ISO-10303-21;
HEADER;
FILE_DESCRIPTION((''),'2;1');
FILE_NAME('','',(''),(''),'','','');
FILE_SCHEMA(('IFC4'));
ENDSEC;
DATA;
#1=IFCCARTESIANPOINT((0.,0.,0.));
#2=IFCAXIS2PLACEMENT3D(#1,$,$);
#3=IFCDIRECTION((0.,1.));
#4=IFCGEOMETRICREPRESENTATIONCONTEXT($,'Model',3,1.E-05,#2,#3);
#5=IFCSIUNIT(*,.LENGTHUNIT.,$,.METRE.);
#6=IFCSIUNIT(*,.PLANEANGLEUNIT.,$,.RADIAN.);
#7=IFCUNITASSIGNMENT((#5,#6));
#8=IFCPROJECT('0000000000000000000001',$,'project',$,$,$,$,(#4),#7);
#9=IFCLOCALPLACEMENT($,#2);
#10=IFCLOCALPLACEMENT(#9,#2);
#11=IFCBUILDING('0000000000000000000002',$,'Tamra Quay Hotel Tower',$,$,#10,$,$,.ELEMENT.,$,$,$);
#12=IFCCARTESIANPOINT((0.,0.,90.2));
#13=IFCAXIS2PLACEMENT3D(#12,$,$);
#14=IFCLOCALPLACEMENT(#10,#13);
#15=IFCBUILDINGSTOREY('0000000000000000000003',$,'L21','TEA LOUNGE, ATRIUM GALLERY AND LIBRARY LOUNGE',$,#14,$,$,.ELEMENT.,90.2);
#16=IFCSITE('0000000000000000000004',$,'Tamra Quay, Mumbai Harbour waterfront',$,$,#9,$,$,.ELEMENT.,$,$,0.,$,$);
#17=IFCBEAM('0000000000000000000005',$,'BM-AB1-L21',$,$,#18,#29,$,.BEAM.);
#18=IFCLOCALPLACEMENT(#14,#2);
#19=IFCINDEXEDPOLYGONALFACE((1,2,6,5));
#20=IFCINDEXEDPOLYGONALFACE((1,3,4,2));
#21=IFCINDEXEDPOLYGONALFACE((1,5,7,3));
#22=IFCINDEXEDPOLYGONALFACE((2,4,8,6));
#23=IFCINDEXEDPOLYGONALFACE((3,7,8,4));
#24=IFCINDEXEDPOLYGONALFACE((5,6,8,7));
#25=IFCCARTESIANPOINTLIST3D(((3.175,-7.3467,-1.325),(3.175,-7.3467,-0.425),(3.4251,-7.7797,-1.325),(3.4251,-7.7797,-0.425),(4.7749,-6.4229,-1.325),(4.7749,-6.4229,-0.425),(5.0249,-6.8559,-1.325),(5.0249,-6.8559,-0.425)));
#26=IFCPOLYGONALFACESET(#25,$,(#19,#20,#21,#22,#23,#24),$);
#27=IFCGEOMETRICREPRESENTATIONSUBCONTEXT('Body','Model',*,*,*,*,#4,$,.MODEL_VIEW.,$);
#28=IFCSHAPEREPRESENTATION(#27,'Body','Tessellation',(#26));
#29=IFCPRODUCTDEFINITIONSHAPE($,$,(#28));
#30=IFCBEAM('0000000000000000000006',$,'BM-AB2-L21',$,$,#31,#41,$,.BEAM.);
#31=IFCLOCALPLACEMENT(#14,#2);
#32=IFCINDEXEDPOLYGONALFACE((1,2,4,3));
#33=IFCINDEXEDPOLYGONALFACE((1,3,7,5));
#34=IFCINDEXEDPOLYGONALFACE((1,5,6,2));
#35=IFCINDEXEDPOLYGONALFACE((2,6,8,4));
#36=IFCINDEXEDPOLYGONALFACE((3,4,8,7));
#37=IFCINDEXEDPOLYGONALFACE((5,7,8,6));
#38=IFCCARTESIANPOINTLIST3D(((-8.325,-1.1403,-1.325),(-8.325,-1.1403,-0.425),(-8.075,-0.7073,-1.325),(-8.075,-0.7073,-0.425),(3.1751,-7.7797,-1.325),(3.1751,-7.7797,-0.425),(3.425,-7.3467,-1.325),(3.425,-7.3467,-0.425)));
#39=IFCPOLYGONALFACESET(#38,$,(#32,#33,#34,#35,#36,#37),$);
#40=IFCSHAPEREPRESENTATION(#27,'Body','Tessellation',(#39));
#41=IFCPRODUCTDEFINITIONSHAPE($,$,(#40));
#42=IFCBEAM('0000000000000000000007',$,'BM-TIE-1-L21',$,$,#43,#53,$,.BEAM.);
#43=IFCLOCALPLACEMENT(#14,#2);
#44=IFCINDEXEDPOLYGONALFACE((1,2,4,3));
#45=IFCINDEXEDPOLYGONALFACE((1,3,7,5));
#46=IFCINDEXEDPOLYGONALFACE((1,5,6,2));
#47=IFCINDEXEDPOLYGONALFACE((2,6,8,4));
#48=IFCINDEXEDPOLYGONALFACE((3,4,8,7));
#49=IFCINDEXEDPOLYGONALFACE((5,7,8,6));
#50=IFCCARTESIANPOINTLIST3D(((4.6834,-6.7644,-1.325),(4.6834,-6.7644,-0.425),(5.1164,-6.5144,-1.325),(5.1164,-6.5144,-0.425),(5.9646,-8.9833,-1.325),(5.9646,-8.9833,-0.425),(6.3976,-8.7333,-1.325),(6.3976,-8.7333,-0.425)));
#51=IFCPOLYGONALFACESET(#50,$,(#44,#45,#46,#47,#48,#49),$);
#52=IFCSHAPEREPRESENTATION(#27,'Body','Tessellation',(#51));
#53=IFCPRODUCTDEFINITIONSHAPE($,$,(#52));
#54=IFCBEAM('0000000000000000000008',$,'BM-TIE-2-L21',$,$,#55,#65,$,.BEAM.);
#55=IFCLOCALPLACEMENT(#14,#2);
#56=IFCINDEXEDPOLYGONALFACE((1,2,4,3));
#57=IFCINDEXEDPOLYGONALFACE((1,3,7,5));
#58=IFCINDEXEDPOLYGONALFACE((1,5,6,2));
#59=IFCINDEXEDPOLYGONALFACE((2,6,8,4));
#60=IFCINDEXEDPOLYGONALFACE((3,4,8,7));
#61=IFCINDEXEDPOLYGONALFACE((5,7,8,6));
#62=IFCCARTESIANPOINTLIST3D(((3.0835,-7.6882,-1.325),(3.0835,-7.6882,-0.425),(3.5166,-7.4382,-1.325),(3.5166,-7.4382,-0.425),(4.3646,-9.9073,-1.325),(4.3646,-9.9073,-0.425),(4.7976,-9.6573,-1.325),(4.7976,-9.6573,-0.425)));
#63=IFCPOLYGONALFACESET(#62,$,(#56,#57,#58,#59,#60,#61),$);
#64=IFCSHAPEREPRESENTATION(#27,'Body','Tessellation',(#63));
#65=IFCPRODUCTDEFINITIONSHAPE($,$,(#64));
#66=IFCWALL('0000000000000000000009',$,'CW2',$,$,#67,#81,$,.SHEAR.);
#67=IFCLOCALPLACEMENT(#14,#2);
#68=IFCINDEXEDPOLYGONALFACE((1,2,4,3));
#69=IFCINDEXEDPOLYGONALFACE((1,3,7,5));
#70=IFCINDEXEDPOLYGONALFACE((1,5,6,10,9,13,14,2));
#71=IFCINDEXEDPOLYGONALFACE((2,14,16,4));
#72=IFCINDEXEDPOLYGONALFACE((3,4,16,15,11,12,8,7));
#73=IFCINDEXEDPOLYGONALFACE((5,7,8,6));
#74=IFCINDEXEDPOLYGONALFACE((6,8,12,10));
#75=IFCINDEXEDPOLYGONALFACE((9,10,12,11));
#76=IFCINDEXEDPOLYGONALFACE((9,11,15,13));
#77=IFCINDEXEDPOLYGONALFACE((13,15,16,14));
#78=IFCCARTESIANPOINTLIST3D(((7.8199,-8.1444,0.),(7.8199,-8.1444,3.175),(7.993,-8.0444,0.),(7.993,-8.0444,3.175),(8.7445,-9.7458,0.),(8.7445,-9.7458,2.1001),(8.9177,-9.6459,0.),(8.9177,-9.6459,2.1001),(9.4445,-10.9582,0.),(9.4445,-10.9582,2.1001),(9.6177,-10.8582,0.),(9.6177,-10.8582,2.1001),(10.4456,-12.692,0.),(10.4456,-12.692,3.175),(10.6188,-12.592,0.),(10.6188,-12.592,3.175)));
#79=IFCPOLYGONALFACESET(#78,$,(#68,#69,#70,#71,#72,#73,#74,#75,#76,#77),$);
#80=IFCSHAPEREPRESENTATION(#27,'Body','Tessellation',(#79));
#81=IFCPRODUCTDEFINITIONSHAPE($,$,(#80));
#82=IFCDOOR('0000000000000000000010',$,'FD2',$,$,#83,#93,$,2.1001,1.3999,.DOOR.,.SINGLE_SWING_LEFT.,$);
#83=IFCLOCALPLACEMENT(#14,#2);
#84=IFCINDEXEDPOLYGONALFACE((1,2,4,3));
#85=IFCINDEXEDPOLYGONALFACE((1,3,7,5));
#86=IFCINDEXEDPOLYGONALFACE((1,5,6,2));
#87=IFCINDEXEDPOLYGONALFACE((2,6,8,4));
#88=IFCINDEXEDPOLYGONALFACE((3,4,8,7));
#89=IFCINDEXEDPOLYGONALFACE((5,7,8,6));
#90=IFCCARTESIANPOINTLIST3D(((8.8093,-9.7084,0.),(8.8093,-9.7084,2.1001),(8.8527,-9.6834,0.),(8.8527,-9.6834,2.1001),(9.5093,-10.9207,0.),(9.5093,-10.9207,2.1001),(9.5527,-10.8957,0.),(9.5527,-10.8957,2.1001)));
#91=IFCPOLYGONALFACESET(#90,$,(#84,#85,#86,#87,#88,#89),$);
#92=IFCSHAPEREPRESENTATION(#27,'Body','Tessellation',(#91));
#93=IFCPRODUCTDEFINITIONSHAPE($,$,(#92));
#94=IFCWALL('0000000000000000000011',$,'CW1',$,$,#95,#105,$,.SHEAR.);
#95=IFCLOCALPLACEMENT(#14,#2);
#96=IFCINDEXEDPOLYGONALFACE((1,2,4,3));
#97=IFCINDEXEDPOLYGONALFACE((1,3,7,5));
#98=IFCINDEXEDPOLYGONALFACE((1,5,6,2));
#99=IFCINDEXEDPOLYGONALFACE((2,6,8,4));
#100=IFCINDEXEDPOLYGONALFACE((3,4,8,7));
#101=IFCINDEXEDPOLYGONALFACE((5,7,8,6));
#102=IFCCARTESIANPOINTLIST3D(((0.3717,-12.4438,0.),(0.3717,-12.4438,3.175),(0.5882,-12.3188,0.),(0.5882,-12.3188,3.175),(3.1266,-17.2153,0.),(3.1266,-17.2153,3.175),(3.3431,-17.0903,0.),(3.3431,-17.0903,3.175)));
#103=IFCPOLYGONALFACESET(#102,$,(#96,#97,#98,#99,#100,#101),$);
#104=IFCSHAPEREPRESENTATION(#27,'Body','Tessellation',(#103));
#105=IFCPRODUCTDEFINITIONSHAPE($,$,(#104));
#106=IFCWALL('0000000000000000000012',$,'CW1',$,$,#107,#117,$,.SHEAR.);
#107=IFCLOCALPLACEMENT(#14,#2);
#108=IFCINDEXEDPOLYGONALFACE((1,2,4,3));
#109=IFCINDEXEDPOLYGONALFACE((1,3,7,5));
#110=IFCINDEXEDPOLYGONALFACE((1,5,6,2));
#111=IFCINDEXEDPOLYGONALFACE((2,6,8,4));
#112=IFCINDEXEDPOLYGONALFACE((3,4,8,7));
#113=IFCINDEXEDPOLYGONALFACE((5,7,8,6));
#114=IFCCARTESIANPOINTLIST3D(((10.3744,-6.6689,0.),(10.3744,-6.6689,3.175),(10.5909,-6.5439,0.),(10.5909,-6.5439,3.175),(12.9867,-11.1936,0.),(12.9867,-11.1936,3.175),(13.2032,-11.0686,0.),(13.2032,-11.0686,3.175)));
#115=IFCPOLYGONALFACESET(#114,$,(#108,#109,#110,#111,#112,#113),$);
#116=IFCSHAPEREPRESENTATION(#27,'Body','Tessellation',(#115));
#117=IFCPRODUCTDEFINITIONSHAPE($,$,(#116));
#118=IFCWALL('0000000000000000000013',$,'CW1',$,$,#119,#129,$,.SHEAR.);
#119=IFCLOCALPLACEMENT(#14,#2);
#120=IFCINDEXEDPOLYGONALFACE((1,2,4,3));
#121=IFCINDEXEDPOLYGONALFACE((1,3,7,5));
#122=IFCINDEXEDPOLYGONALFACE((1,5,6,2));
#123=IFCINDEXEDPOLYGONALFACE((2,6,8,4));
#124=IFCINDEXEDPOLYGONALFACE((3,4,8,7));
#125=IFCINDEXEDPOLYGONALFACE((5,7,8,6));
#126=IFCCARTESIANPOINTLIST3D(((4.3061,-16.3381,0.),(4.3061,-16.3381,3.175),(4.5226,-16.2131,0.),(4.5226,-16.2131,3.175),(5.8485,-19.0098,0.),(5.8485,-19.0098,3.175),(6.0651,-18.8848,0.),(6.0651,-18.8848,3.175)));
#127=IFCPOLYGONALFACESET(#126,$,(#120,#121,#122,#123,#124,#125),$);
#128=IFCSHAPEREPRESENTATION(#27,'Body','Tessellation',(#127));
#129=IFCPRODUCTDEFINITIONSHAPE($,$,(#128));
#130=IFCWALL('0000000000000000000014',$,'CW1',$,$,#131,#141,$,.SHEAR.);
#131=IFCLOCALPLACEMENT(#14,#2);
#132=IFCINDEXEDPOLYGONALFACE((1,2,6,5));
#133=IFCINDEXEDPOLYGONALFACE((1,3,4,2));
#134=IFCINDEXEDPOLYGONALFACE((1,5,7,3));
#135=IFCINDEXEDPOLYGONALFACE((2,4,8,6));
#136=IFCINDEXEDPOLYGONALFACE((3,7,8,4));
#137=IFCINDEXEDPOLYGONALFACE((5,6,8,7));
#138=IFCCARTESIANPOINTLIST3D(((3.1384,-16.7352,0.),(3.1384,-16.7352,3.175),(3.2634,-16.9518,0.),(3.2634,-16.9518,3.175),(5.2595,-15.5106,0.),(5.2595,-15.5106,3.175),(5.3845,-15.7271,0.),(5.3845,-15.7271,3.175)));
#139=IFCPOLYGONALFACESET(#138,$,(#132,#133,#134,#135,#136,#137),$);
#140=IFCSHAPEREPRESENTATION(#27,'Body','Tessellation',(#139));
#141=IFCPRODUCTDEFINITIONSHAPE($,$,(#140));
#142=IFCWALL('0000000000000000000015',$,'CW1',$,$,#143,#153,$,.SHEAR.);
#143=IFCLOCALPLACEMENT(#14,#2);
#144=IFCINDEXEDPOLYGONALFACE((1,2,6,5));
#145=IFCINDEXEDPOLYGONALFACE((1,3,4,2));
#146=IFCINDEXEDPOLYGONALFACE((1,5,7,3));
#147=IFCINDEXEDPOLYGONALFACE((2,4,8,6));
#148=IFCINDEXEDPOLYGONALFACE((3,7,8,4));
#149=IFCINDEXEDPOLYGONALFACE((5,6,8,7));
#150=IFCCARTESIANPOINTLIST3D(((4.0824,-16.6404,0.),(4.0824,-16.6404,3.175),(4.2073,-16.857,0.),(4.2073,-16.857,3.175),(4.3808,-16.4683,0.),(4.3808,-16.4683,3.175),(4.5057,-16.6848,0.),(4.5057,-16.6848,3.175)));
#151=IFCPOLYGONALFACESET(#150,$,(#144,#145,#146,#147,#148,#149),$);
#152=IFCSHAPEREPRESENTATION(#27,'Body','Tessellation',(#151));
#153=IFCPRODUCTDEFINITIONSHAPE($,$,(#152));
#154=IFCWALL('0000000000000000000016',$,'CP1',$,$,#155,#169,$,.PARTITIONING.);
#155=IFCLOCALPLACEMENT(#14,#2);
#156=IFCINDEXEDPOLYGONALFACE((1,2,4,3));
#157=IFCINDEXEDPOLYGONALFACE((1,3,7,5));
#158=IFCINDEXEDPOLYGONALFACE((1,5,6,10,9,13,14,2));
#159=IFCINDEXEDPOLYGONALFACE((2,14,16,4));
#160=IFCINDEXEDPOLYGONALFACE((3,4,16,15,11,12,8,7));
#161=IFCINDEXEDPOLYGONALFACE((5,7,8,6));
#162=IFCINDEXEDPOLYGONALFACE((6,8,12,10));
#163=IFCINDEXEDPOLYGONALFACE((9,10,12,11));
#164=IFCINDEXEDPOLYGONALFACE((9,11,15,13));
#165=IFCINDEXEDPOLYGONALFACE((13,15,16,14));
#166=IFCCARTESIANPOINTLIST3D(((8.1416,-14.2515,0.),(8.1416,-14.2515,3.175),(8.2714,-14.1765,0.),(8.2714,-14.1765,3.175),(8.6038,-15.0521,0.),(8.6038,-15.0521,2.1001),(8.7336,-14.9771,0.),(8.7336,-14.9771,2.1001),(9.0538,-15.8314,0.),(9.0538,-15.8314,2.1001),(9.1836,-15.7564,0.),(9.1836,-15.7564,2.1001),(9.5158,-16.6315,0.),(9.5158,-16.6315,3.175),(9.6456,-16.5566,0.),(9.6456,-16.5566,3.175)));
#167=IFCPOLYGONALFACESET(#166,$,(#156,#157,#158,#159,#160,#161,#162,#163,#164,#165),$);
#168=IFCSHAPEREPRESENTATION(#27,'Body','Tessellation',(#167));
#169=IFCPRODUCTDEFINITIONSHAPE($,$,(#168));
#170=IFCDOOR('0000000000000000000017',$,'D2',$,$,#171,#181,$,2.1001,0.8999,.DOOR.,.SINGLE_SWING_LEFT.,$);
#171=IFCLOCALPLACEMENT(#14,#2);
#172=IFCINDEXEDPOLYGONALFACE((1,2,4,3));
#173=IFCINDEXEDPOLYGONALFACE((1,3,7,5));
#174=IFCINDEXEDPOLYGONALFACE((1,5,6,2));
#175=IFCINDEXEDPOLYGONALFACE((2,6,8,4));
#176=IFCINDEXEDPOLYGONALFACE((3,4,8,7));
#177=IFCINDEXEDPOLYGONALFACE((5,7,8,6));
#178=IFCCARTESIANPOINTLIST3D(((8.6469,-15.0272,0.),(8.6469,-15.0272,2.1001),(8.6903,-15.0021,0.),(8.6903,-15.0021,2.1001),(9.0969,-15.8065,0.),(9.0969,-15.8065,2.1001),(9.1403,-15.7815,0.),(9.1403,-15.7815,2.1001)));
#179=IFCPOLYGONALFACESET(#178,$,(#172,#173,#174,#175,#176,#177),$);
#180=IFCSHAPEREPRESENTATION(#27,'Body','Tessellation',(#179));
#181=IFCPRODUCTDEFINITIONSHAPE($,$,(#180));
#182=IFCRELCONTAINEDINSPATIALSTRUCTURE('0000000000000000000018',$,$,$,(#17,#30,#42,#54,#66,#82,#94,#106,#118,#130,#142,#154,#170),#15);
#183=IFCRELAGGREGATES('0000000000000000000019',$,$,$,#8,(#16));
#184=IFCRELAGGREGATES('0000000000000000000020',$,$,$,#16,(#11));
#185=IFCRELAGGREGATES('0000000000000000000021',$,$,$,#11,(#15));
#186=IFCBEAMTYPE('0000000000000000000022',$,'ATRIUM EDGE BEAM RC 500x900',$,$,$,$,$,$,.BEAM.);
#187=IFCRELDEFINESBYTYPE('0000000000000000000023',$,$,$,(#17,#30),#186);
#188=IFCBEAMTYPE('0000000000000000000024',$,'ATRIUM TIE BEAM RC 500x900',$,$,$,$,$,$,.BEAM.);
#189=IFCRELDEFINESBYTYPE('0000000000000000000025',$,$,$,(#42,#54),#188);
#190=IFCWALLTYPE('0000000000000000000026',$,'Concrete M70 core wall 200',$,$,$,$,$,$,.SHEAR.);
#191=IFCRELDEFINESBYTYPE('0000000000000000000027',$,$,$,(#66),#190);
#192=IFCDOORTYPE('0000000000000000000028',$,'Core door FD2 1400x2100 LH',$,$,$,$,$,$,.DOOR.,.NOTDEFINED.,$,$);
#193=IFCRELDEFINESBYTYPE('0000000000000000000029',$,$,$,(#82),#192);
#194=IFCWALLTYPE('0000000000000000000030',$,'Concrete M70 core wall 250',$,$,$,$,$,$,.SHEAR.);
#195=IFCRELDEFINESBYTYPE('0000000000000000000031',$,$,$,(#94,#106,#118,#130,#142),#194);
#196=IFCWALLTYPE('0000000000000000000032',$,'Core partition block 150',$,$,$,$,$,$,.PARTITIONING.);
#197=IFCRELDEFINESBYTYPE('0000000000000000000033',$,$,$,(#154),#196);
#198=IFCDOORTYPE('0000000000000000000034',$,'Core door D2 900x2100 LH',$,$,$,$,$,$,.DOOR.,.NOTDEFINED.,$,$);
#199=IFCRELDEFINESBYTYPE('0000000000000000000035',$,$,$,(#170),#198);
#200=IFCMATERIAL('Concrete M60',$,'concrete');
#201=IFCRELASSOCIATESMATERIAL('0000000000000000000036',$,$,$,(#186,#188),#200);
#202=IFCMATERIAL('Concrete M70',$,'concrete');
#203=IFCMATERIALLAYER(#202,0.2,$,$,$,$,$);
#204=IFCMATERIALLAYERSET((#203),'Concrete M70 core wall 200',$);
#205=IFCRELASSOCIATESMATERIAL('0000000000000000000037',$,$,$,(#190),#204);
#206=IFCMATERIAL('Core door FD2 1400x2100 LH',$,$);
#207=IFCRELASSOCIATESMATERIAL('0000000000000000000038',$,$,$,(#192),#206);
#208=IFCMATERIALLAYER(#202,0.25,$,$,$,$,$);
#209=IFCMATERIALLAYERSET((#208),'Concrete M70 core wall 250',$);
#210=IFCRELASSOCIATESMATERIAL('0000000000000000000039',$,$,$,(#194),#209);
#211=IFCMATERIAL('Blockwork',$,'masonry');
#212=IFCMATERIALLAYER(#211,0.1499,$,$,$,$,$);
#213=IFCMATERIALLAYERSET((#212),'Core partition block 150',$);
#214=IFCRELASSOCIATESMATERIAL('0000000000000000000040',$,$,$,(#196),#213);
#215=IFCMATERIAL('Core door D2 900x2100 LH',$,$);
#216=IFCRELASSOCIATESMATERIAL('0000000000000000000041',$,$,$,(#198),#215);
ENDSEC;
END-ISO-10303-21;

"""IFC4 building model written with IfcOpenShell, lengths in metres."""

from ifc_helpers import new_model, si_unit, direction, frame, frame_2d, origin, origin_2d, place, context, subcontext, project, spatial, rectangle, extrude, material, layer, layer_set, material_profile, profile_set, type_object, element, fill, save


model = new_model("IFC4")

# Units and contexts
model_context = context("Model", 3, precision=1e-05, world=origin(), true_north=direction((0.0, 1.0)))
body_context = subcontext(model_context, "Body", "Model", "MODEL_VIEW")
ifc_project = project(units=[si_unit("LENGTHUNIT", "METRE"), si_unit("PLANEANGLEUNIT", "RADIAN")], contexts=[model_context])

# Site, building, storey
site_placement = place(None, origin())
site = spatial("IfcSite", under=ifc_project, at=site_placement, Name="Tamra Quay, Mumbai Harbour waterfront", CompositionType="ELEMENT", RefElevation=0.0)
building_placement = place(site_placement, origin())
building = spatial("IfcBuilding", under=site, at=building_placement, Name="Tamra Quay Hotel Tower", CompositionType="ELEMENT")
storey_placement = place(building_placement, frame((0.0, 0.0, 90.2)))
storey = spatial("IfcBuildingStorey", under=building, at=storey_placement, Name="L21", Description="TEA LOUNGE, ATRIUM GALLERY AND LIBRARY LOUNGE", CompositionType="ELEMENT", Elevation=90.2)

# Beams
ifc_material_1 = material(Name="Concrete M60", Category="concrete")
ifc_material_profile_1 = material_profile(ifc_material_1, rectangle(XDim=0.5, YDim=0.8999, at=origin_2d()), Name="ATRIUM EDGE BEAM RC 500x900")
ifc_profile_set_1 = profile_set([ifc_material_profile_1], Name="Concrete M60")
beam_type_1 = type_object("IfcBeamType", Name="ATRIUM EDGE BEAM RC 500x900", PredefinedType="BEAM", material=ifc_profile_set_1)
beam_1_placement = place(storey_placement, frame((4.8999, -6.6394, -0.875), z_axis=(-0.86599, -0.500062, 0.0), x_axis=(0.500062, -0.86599, 0.0)))
element("IfcBeam", 1, at=beam_1_placement, inside=storey, type_object=beam_type_1, Name="BM-AB1-L21", PredefinedType="BEAM", context=body_context, shape_type="SweptSolid", body=[
    extrude(rectangle(XDim=0.5, YDim=0.8999, at=origin_2d()), origin(), (0.0, 0.0, 1.0), 1.8474),
])
beam_2_placement = place(storey_placement, frame((3.3, -7.5632, -0.875), z_axis=(-0.866029, 0.499993, 0.0), x_axis=(-0.499993, -0.866029, 0.0)))
element("IfcBeam", 2, at=beam_2_placement, inside=storey, type_object=beam_type_1, Name="BM-AB2-L21", PredefinedType="BEAM", context=body_context, shape_type="SweptSolid", body=[
    extrude(rectangle(XDim=0.5, YDim=0.8999, at=origin_2d()), origin(), (0.0, 0.0, 1.0), 13.2791),
])
ifc_material_profile_2 = material_profile(ifc_material_1, rectangle(XDim=0.5, YDim=0.8999, at=origin_2d()), Name="ATRIUM TIE BEAM RC 500x900")
ifc_profile_set_2 = profile_set([ifc_material_profile_2], Name="Concrete M60")
beam_type_2 = type_object("IfcBeamType", Name="ATRIUM TIE BEAM RC 500x900", PredefinedType="BEAM", material=ifc_profile_set_2)
for number, where, z_axis, x_axis, name in (
    (3, (4.8999, -6.6394, -0.875), (0.500033, -0.866006, 0.0), (0.866006, 0.500033, 0.0), "BM-TIE-1-L21"),
    (4, (3.3, -7.5632, -0.875), (0.499962, -0.866048, 0.0), (0.866048, 0.499962, 0.0), "BM-TIE-2-L21"),
):
    element("IfcBeam", number, at=place(storey_placement, frame(where, z_axis=z_axis, x_axis=x_axis)), inside=storey, type_object=beam_type_2, Name=name, PredefinedType="BEAM", context=body_context, shape_type="SweptSolid", body=[
        extrude(rectangle(XDim=0.5, YDim=0.8999, at=origin_2d()), origin(), (0.0, 0.0, 1.0), 2.5623),
    ])

# Wall, opening, door
ifc_material_2 = material(Name="Concrete M70", Category="concrete")
ifc_layer_1 = layer(ifc_material_2, 0.2)
ifc_layer_set_1 = layer_set([ifc_layer_1], Name="Concrete M70 core wall 200")
wall_type_1 = type_object("IfcWallType", Name="Concrete M70 core wall 200", PredefinedType="SHEAR", material=ifc_layer_set_1)
wall_1_placement = place(storey_placement, frame((7.9065, -8.0945, 0.0), z_axis=(0.0, 0.0, 1.0), x_axis=(0.500024, -0.866011, 0.0)))
wall_1 = element("IfcWall", 5, at=wall_1_placement, inside=storey, type_object=wall_type_1, Name="CW2", PredefinedType="SHEAR", context=body_context, shape_type="SweptSolid", body=[
    extrude(rectangle(XDim=5.2512, YDim=0.2, at=frame_2d((2.6255, 0.0))), origin(), (0.0, 0.0, 1.0), 3.175),
])
opening_1_placement = place(wall_1_placement, frame((1.8491, 0.0, 0.0)))
opening_1 = element("IfcOpeningElement", 6, at=opening_1_placement, cuts=wall_1, PredefinedType="OPENING", context=body_context, shape_type="SweptSolid", body=[
    extrude(rectangle(XDim=1.3999, YDim=2.1001, at=frame_2d((0.7, 1.05))), frame((0.0, 0.1099, 0.0), z_axis=(0.0, -1.0, 0.0), x_axis=(1.0, 0.0, 0.0)), (0.0, 0.0, 1.0), 0.22),
])
ifc_material_3 = material(Name="Core door FD2 1400x2100 LH")
door_type_1 = type_object("IfcDoorType", Name="Core door FD2 1400x2100 LH", OperationType="NOTDEFINED", PredefinedType="DOOR", material=ifc_material_3)
door_1_placement = place(opening_1_placement, origin())
door_1 = element("IfcDoor", 7, at=door_1_placement, inside=storey, type_object=door_type_1, Name="FD2", OperationType="SINGLE_SWING_LEFT", OverallHeight=2.1001, OverallWidth=1.3999, PredefinedType="DOOR", context=body_context, shape_type="SweptSolid", body=[
    extrude(rectangle(XDim=1.3999, YDim=2.1001, at=frame_2d((0.7, 1.05))), frame((0.0, 0.0249, 0.0), z_axis=(0.0, -1.0, 0.0), x_axis=(1.0, 0.0, 0.0)), (0.0, 0.0, 1.0), 0.05),
])
fill(opening_1, door_1)

# Walls
ifc_layer_2 = layer(ifc_material_2, 0.25)
ifc_layer_set_2 = layer_set([ifc_layer_2], Name="Concrete M70 core wall 250")
wall_type_2 = type_object("IfcWallType", Name="Concrete M70 core wall 250", PredefinedType="SHEAR", material=ifc_layer_set_2)
wall_2_placement = place(storey_placement, frame((3.2349, -17.1528, 0.0), z_axis=(0.0, 0.0, 1.0), x_axis=(-0.500009, 0.86602, 0.0)))
element("IfcWall", 8, at=wall_2_placement, inside=storey, type_object=wall_type_2, Name="CW1", PredefinedType="SHEAR", context=body_context, shape_type="SweptSolid", body=[
    extrude(rectangle(XDim=5.5098, YDim=0.25, at=frame_2d((2.7549, 0.0))), origin(), (0.0, 0.0, 1.0), 3.175),
])
wall_3_placement = place(storey_placement, frame((10.4827, -6.6064, 0.0), z_axis=(0.0, 0.0, 1.0), x_axis=(0.499999, -0.866026, 0.0)))
element("IfcWall", 9, at=wall_3_placement, inside=storey, type_object=wall_type_2, Name="CW1", PredefinedType="SHEAR", context=body_context, shape_type="SweptSolid", body=[
    extrude(rectangle(XDim=5.2246, YDim=0.25, at=frame_2d((2.6123, 0.0))), origin(), (0.0, 0.0, 1.0), 3.175),
])
wall_4_placement = place(storey_placement, frame((4.4143, -16.2756, 0.0), z_axis=(0.0, 0.0, 1.0), x_axis=(0.500003, -0.866023, 0.0)))
element("IfcWall", 10, at=wall_4_placement, inside=storey, type_object=wall_type_2, Name="CW1", PredefinedType="SHEAR", context=body_context, shape_type="SweptSolid", body=[
    extrude(rectangle(XDim=3.085, YDim=0.25, at=frame_2d((1.5425, 0.0))), origin(), (0.0, 0.0, 1.0), 3.175),
])
wall_5_placement = place(storey_placement, frame((5.322, -15.6189, 0.0), z_axis=(0.0, 0.0, 1.0), x_axis=(-0.866026, -0.499999, 0.0)))
element("IfcWall", 11, at=wall_5_placement, inside=storey, type_object=wall_type_2, Name="CW1", PredefinedType="SHEAR", context=body_context, shape_type="SweptSolid", body=[
    extrude(rectangle(XDim=2.4492, YDim=0.25, at=frame_2d((1.2246, 0.0))), origin(), (0.0, 0.0, 1.0), 3.175),
])
wall_6_placement = place(storey_placement, frame((4.1448, -16.7488, 0.0), z_axis=(0.0, 0.0, 1.0), x_axis=(0.866186, 0.499722, 0.0)))
element("IfcWall", 12, at=wall_6_placement, inside=storey, type_object=wall_type_2, Name="CW1", PredefinedType="SHEAR", context=body_context, shape_type="SweptSolid", body=[
    extrude(rectangle(XDim=0.3445, YDim=0.25, at=frame_2d((0.1724, 0.0))), origin(), (0.0, 0.0, 1.0), 3.175),
])

# Wall, opening, door
ifc_material_4 = material(Name="Blockwork", Category="masonry")
ifc_layer_3 = layer(ifc_material_4, 0.1499)
ifc_layer_set_3 = layer_set([ifc_layer_3], Name="Core partition block 150")
wall_type_3 = type_object("IfcWallType", Name="Core partition block 150", PredefinedType="PARTITIONING", material=ifc_layer_set_3)
wall_7_placement = place(storey_placement, frame((8.2065, -14.2141, 0.0), z_axis=(0.0, 0.0, 1.0), x_axis=(0.500027, -0.86601, 0.0)))
wall_7 = element("IfcWall", 13, at=wall_7_placement, inside=storey, type_object=wall_type_3, Name="CP1", PredefinedType="PARTITIONING", context=body_context, shape_type="SweptSolid", body=[
    extrude(rectangle(XDim=2.7483, YDim=0.1499, at=frame_2d((1.374, 0.0))), origin(), (0.0, 0.0, 1.0), 3.175),
])
opening_2_placement = place(wall_7_placement, frame((0.9243, 0.0, 0.0)))
opening_2 = element("IfcOpeningElement", 14, at=opening_2_placement, cuts=wall_7, PredefinedType="OPENING", context=body_context, shape_type="SweptSolid", body=[
    extrude(rectangle(XDim=0.8999, YDim=2.1001, at=frame_2d((0.45, 1.05))), frame((0.0, 0.085, 0.0), z_axis=(0.0, -1.0, 0.0), x_axis=(1.0, 0.0, 0.0)), (0.0, 0.0, 1.0), 0.1699),
])
ifc_material_5 = material(Name="Core door D2 900x2100 LH")
door_type_2 = type_object("IfcDoorType", Name="Core door D2 900x2100 LH", OperationType="NOTDEFINED", PredefinedType="DOOR", material=ifc_material_5)
door_2_placement = place(opening_2_placement, origin())
door_2 = element("IfcDoor", 15, at=door_2_placement, inside=storey, type_object=door_type_2, Name="D2", OperationType="SINGLE_SWING_LEFT", OverallHeight=2.1001, OverallWidth=0.8999, PredefinedType="DOOR", context=body_context, shape_type="SweptSolid", body=[
    extrude(rectangle(XDim=0.8999, YDim=2.1001, at=frame_2d((0.45, 1.05))), frame((0.0, 0.0249, 0.0), z_axis=(0.0, -1.0, 0.0), x_axis=(1.0, 0.0, 0.0)), (0.0, 0.0, 1.0), 0.05),
])
fill(opening_2, door_2)

save(model, "model.ifc")
